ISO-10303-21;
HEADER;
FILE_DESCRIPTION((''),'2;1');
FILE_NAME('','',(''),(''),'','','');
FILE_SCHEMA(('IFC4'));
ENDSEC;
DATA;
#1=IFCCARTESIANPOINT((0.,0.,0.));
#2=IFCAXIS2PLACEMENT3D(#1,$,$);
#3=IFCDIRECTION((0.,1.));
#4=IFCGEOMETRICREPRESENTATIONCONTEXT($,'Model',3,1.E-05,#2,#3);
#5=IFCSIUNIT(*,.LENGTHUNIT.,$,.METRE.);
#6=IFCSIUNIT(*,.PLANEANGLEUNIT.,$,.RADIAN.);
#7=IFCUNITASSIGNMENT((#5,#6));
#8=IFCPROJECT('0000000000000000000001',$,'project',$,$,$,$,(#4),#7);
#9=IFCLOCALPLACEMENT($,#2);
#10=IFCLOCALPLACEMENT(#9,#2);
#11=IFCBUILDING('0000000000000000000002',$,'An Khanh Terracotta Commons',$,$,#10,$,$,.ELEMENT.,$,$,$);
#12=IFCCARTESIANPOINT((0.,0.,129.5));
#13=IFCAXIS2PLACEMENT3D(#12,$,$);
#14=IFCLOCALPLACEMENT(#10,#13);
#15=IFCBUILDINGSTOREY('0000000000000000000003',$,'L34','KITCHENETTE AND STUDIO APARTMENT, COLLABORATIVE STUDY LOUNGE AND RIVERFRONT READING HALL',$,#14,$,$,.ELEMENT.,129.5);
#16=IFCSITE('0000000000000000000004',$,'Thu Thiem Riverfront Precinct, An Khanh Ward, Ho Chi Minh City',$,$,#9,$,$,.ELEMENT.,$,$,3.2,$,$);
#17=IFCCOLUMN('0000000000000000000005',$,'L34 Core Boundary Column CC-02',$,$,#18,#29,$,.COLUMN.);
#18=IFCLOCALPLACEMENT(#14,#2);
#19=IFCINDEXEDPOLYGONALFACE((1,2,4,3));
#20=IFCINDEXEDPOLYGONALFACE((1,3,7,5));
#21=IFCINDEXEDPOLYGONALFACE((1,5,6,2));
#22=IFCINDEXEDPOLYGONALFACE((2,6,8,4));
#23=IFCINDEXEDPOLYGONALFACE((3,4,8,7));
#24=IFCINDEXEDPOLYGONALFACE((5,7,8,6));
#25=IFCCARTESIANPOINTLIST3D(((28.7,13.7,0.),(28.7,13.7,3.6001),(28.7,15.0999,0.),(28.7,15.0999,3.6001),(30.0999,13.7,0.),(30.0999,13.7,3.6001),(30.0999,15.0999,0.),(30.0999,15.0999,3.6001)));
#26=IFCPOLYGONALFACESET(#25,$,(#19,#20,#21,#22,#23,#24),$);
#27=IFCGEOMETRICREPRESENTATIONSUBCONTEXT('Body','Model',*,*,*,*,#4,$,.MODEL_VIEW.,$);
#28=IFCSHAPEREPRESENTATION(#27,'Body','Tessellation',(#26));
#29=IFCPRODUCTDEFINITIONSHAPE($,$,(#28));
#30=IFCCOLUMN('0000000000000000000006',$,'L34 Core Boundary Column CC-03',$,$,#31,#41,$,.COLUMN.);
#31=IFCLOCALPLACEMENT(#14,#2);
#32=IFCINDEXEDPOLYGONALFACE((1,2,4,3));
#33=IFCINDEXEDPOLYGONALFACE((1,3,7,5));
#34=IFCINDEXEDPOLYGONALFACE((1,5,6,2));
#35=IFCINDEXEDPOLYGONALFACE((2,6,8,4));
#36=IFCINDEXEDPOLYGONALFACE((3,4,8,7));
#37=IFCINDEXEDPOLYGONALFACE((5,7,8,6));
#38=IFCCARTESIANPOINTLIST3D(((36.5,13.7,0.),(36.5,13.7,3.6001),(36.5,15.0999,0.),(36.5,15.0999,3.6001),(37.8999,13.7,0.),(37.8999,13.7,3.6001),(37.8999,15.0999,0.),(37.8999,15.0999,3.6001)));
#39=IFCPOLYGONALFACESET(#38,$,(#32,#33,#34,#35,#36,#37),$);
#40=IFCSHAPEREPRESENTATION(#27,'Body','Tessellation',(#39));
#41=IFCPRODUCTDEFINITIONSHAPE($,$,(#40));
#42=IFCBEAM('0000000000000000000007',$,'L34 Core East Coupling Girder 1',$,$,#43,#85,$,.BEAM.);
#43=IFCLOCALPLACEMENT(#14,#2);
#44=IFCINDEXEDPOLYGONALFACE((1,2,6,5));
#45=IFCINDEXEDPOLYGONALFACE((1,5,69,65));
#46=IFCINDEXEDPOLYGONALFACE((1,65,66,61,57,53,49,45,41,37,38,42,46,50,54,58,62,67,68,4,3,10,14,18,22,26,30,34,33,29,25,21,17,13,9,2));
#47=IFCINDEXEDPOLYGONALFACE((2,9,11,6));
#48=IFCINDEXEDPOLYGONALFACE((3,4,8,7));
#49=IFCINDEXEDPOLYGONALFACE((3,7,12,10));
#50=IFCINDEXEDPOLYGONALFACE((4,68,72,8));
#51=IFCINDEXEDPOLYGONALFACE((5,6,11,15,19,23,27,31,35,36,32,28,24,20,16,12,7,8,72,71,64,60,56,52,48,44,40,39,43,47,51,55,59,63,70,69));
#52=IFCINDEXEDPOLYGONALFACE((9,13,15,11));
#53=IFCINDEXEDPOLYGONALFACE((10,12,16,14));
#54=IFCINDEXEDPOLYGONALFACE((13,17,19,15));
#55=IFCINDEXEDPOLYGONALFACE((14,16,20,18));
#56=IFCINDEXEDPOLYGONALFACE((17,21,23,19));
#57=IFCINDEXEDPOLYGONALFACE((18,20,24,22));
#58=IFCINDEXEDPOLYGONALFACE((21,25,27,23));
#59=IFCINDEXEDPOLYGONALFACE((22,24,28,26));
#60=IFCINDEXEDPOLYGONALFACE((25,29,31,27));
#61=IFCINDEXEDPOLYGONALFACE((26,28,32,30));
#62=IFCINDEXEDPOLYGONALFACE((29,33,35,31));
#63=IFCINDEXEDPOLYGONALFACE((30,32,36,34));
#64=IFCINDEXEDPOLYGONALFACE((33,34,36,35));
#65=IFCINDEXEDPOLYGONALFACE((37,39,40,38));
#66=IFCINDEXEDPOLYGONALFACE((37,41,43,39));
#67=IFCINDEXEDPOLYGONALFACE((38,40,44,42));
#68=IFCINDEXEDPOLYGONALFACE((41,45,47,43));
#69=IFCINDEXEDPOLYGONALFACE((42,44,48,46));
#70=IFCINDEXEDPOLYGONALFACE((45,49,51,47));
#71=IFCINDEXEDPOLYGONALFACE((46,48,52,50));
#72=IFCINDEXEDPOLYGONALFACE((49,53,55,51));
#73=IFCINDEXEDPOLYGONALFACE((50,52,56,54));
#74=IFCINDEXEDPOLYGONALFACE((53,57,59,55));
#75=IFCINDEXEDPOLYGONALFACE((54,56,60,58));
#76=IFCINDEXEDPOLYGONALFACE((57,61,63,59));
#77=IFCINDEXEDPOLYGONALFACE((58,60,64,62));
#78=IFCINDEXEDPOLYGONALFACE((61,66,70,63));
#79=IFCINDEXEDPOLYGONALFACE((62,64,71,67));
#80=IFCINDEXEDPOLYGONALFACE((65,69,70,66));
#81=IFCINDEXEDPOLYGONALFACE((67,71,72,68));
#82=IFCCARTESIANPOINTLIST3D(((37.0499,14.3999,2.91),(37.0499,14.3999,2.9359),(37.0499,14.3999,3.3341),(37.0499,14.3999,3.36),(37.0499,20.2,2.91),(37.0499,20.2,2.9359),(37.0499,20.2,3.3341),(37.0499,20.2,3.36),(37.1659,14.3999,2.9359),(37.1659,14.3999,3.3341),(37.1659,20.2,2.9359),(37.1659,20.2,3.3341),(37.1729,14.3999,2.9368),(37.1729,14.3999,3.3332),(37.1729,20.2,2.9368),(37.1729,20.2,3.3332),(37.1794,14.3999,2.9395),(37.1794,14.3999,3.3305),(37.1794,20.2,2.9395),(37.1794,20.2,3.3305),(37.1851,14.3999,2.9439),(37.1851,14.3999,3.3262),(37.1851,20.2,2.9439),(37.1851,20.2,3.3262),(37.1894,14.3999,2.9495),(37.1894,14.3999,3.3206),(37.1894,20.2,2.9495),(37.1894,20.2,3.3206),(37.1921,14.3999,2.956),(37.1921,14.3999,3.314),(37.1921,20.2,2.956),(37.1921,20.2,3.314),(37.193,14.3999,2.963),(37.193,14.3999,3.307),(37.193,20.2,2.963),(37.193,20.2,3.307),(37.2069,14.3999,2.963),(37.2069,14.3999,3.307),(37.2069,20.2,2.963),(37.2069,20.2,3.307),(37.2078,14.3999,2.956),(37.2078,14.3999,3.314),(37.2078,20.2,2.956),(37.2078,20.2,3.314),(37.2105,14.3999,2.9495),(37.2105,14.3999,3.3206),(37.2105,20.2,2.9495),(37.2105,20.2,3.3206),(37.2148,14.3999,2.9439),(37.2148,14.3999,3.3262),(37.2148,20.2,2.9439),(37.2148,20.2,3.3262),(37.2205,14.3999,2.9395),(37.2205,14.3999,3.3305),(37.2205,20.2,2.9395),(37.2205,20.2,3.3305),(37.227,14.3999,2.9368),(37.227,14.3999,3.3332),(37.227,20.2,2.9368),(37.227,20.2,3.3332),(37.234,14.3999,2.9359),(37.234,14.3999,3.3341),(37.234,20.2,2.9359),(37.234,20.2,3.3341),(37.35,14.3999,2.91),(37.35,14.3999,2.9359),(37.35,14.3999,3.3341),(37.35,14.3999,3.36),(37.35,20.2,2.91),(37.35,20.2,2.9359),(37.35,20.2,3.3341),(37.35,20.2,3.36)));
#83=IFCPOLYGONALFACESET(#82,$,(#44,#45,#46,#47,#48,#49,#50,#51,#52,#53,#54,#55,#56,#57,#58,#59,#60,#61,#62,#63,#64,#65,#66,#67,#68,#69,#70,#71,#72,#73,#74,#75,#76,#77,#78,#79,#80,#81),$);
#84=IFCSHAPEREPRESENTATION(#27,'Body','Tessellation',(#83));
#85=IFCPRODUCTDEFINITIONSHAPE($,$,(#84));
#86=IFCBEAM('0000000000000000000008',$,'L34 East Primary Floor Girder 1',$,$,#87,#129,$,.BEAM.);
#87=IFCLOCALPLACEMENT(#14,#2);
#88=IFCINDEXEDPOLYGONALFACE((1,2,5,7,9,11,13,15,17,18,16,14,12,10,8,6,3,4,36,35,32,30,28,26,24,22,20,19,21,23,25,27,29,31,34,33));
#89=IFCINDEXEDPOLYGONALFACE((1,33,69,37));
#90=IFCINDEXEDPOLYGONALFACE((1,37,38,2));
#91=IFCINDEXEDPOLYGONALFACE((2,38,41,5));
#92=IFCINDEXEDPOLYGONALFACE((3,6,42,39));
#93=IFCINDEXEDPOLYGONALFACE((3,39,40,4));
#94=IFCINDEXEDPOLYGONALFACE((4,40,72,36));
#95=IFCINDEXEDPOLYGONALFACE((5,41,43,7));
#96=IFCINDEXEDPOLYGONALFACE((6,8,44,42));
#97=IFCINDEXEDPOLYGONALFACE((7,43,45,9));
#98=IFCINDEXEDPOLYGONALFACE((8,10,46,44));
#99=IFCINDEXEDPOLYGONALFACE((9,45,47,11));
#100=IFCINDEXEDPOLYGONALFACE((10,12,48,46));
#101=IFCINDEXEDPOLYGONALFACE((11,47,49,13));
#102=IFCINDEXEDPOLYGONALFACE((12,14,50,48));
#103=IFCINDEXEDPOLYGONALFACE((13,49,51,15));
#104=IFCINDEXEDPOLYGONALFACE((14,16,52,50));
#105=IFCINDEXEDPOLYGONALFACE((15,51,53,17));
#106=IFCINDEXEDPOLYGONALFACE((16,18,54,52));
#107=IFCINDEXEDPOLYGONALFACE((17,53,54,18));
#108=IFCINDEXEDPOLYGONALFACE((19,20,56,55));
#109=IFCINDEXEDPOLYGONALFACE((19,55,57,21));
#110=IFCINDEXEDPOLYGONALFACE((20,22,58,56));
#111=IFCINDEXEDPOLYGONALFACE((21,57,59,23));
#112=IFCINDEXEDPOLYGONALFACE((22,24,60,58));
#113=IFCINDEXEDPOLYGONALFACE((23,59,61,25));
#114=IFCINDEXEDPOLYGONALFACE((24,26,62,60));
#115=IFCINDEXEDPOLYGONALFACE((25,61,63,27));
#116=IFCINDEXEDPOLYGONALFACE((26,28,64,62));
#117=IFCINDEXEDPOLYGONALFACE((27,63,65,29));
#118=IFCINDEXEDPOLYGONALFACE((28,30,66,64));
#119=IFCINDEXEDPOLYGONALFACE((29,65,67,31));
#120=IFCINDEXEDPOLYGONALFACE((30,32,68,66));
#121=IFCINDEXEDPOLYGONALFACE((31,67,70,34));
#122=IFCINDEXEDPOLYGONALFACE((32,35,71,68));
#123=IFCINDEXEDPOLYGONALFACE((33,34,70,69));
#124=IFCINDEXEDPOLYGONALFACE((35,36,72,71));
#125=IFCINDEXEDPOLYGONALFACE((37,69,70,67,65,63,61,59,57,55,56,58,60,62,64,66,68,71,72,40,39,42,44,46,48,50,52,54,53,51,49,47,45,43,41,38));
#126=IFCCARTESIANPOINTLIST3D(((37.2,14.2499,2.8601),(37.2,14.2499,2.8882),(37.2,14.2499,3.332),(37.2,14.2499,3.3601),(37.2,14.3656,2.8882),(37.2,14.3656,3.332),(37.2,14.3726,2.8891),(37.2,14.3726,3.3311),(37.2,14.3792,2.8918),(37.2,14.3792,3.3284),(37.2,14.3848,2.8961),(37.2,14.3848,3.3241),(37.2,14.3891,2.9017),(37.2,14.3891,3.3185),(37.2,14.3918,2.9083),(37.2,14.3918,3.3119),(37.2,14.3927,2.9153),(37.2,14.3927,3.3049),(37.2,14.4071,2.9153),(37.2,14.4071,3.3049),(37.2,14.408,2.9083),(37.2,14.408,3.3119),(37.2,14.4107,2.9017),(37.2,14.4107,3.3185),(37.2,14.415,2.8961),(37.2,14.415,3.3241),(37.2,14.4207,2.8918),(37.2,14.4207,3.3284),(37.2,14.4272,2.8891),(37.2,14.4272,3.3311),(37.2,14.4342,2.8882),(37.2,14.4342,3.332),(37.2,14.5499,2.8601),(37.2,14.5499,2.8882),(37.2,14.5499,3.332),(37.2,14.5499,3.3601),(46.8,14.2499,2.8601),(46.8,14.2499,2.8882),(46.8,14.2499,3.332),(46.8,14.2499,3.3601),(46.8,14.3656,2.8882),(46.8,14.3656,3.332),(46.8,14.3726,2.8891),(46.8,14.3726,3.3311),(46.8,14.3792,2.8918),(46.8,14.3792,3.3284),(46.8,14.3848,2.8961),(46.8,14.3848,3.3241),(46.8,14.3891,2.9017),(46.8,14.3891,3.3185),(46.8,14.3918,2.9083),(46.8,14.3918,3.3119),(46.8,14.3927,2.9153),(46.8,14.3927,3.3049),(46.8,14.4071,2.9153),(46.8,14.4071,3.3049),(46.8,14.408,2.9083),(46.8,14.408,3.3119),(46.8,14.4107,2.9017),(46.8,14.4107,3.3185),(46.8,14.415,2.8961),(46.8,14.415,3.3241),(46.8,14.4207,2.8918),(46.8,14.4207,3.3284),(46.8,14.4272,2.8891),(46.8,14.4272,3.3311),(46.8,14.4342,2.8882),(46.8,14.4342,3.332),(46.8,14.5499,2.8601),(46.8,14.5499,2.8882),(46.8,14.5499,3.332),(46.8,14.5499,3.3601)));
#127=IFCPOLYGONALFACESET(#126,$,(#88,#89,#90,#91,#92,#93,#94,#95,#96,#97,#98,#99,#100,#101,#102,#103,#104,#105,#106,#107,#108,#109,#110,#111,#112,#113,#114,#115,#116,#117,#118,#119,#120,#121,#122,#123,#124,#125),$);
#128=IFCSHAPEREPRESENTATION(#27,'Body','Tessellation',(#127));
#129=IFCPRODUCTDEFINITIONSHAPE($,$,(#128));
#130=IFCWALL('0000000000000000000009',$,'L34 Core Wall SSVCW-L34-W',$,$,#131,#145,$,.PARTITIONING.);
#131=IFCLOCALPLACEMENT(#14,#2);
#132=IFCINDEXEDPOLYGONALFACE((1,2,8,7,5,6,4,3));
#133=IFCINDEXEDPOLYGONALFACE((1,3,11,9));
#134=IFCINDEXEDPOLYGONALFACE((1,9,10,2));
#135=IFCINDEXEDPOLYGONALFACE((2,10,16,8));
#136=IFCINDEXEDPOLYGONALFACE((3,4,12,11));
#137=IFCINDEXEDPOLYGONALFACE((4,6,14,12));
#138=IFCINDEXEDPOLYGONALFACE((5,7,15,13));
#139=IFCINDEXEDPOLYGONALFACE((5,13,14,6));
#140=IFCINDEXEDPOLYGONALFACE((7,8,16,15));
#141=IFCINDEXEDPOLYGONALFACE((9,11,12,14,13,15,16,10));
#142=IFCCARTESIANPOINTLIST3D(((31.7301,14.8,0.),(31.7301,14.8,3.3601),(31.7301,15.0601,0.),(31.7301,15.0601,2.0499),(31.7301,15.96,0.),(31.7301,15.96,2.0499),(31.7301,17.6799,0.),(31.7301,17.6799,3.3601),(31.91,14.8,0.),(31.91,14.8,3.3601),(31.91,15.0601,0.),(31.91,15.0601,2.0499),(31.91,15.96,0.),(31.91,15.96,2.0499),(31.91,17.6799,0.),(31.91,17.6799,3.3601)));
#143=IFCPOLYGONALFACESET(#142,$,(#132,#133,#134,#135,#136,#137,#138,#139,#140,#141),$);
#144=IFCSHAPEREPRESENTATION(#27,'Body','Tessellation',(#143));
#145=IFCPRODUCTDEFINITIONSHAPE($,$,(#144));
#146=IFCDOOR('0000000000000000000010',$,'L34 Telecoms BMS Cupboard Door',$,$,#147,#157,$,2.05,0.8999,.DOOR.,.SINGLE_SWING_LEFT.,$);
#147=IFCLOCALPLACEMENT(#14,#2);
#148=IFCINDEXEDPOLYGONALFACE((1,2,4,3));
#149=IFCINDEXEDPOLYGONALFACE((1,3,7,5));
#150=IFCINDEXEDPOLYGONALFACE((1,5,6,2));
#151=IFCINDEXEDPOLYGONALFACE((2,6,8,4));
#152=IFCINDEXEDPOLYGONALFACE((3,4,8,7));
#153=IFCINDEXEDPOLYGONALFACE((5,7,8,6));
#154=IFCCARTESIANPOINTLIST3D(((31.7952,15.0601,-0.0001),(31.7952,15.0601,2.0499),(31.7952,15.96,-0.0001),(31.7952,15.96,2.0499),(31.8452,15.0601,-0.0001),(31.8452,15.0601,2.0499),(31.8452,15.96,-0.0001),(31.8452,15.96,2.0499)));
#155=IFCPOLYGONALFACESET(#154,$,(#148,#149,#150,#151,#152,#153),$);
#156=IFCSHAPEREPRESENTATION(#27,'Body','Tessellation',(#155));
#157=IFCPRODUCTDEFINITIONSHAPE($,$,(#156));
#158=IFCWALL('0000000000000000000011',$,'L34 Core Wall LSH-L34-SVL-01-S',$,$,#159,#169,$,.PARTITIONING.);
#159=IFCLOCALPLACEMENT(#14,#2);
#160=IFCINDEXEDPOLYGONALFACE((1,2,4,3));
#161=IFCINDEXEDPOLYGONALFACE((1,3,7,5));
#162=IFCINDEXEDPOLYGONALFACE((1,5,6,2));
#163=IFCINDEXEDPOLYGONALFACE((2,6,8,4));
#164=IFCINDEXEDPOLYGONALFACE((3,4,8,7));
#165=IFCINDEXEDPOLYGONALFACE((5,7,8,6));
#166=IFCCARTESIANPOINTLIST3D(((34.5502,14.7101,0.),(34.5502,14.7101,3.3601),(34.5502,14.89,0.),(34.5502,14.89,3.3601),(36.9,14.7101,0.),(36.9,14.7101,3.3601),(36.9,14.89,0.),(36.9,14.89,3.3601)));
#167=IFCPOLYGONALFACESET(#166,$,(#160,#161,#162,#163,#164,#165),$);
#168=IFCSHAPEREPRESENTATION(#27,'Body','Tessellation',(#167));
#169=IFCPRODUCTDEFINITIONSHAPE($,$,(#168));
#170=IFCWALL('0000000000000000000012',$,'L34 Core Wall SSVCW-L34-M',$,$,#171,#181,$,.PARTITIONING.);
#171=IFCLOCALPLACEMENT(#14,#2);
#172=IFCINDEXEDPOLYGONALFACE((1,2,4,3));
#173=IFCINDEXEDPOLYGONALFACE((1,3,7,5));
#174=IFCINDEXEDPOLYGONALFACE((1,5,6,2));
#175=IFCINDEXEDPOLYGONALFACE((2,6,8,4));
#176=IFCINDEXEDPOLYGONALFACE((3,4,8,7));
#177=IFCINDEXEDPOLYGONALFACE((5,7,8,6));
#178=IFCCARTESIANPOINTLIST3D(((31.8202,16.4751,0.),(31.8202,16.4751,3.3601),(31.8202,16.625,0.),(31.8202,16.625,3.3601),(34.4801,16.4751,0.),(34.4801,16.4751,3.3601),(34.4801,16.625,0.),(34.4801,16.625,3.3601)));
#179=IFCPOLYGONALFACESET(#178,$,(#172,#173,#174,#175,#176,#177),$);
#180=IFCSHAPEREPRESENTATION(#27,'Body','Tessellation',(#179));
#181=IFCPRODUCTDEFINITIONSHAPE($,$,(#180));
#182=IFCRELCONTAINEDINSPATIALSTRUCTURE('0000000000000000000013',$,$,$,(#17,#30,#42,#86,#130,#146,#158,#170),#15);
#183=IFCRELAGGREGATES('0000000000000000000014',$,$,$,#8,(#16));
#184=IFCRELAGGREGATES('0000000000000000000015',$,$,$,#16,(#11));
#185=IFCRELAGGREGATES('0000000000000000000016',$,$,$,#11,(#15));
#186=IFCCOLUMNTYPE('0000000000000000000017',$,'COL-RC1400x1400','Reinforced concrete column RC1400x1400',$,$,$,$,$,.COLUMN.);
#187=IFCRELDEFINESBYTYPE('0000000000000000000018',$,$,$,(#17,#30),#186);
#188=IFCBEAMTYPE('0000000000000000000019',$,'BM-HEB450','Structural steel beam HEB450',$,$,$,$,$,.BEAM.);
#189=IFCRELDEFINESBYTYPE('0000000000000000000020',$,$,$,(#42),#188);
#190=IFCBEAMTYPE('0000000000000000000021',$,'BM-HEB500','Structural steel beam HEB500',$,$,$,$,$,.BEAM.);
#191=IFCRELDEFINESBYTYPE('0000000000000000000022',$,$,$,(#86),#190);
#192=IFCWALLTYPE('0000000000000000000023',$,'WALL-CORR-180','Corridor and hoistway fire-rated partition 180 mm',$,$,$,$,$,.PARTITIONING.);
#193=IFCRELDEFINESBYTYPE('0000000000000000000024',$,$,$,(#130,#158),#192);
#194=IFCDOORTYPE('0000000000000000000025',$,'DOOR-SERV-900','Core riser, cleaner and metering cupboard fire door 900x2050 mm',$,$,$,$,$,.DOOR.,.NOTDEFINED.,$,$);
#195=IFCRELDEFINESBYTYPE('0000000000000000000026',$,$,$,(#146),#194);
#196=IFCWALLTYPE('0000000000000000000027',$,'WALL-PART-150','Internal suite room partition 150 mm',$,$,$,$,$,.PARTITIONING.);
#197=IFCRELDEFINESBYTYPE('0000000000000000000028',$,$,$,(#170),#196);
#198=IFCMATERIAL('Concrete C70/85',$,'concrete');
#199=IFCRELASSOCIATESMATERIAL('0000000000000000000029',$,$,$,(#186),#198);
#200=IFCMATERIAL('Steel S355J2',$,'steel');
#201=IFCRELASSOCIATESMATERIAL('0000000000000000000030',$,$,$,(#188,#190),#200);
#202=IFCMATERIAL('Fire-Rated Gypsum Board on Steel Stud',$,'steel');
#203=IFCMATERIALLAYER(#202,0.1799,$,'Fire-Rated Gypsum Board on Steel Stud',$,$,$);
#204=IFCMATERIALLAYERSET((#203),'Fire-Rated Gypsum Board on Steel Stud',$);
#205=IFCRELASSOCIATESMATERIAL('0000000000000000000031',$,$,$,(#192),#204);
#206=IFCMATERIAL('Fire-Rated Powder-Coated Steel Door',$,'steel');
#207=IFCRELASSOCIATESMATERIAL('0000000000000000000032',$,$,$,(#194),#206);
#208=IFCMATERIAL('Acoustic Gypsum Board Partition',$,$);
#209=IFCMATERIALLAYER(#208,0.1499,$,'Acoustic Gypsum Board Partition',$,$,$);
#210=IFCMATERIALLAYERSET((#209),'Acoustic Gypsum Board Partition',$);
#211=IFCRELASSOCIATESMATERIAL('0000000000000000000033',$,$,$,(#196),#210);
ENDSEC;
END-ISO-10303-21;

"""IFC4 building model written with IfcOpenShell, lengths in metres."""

from ifc_helpers import new_model, si_unit, direction, frame, frame_2d, origin, origin_2d, place, context, subcontext, project, spatial, rectangle, i_section, extrude, material, layer, layer_set, material_profile, profile_set, type_object, element, fill, save


model = new_model("IFC4")

# Units and contexts
model_context = context("Model", 3, precision=1e-05, world=origin(), true_north=direction((0.0, 1.0)))
body_context = subcontext(model_context, "Body", "Model", "MODEL_VIEW")
ifc_project = project(units=[si_unit("LENGTHUNIT", "METRE"), si_unit("PLANEANGLEUNIT", "RADIAN")], contexts=[model_context])

# Site, building, storey
site_placement = place(None, origin())
site = spatial("IfcSite", under=ifc_project, at=site_placement, Name="Thu Thiem Riverfront Precinct, An Khanh Ward, Ho Chi Minh City", CompositionType="ELEMENT", RefElevation=3.2)
building_placement = place(site_placement, origin())
building = spatial("IfcBuilding", under=site, at=building_placement, Name="An Khanh Terracotta Commons", CompositionType="ELEMENT")
storey_placement = place(building_placement, frame((0.0, 0.0, 129.5)))
storey = spatial("IfcBuildingStorey", under=building, at=storey_placement, Name="L34", Description="KITCHENETTE AND STUDIO APARTMENT, COLLABORATIVE STUDY LOUNGE AND RIVERFRONT READING HALL", CompositionType="ELEMENT", Elevation=129.5)

# Columns
ifc_material_1 = material(Name="Concrete C70/85", Category="concrete")
ifc_material_profile_1 = material_profile(ifc_material_1, rectangle(XDim=1.3999, YDim=1.3999, at=origin_2d()), Name="RC1400x1400")
ifc_profile_set_1 = profile_set([ifc_material_profile_1], Name="Concrete C70/85")
column_type = type_object("IfcColumnType", Name="COL-RC1400x1400", Description="Reinforced concrete column RC1400x1400", PredefinedType="COLUMN", material=ifc_profile_set_1)
for number, where, z_axis, x_axis, name in (
    (1, (29.3999, 14.3999, 0.0), (0.0, 0.0, 1.0), (1.0, 0.0, 0.0), "L34 Core Boundary Column CC-02"),
    (2, (37.2, 14.3999, 0.0), (0.0, 0.0, 1.0), (1.0, 0.0, 0.0), "L34 Core Boundary Column CC-03"),
):
    element("IfcColumn", number, at=place(storey_placement, frame(where, z_axis=z_axis, x_axis=x_axis)), inside=storey, type_object=column_type, Name=name, PredefinedType="COLUMN", context=body_context, shape_type="SweptSolid", body=[
        extrude(rectangle(XDim=1.3999, YDim=1.3999, at=origin_2d()), origin(), (0.0, 0.0, 1.0), 3.6001),
    ])

# Beams
ifc_material_2 = material(Name="Steel S355J2", Category="steel")
ifc_material_profile_2 = material_profile(ifc_material_2, i_section(OverallWidth=0.3, OverallDepth=0.45, WebThickness=0.0139, FlangeThickness=0.0259, FilletRadius=0.0271, at=origin_2d()), Name="HEB450")
ifc_profile_set_2 = profile_set([ifc_material_profile_2], Name="Steel S355J2")
beam_type_1 = type_object("IfcBeamType", Name="BM-HEB450", Description="Structural steel beam HEB450", PredefinedType="BEAM", material=ifc_profile_set_2)
beam_1_placement = place(storey_placement, frame((37.2, 14.3999, 3.135), z_axis=(0.0, 1.0, 0.0), x_axis=(-1.0, 0.0, 0.0)))
element("IfcBeam", 3, at=beam_1_placement, inside=storey, type_object=beam_type_1, Name="L34 Core East Coupling Girder 1", PredefinedType="BEAM", context=body_context, shape_type="SweptSolid", body=[
    extrude(i_section(OverallWidth=0.3, OverallDepth=0.45, WebThickness=0.0139, FlangeThickness=0.0259, FilletRadius=0.0271, at=origin_2d()), origin(), (0.0, 0.0, 1.0), 5.8),
])
ifc_material_profile_3 = material_profile(ifc_material_2, i_section(OverallWidth=0.3, OverallDepth=0.5, WebThickness=0.0144, FlangeThickness=0.0281, FilletRadius=0.0271, at=origin_2d()), Name="HEB500")
ifc_profile_set_3 = profile_set([ifc_material_profile_3], Name="Steel S355J2")
beam_type_2 = type_object("IfcBeamType", Name="BM-HEB500", Description="Structural steel beam HEB500", PredefinedType="BEAM", material=ifc_profile_set_3)
beam_2_placement = place(storey_placement, frame((37.2, 14.3999, 3.1101), z_axis=(1.0, 0.0, 0.0), x_axis=(0.0, 1.0, 0.0)))
element("IfcBeam", 4, at=beam_2_placement, inside=storey, type_object=beam_type_2, Name="L34 East Primary Floor Girder 1", PredefinedType="BEAM", context=body_context, shape_type="SweptSolid", body=[
    extrude(i_section(OverallWidth=0.3, OverallDepth=0.5, WebThickness=0.0144, FlangeThickness=0.0281, FilletRadius=0.0271, at=origin_2d()), origin(), (0.0, 0.0, 1.0), 9.6001),
])

# Wall, opening, door
ifc_material_3 = material(Name="Fire-Rated Gypsum Board on Steel Stud", Category="steel")
ifc_layer_1 = layer(ifc_material_3, 0.1799, Name="Fire-Rated Gypsum Board on Steel Stud")
ifc_layer_set_1 = layer_set([ifc_layer_1], Name="Fire-Rated Gypsum Board on Steel Stud")
wall_type_1 = type_object("IfcWallType", Name="WALL-CORR-180", Description="Corridor and hoistway fire-rated partition 180 mm", PredefinedType="PARTITIONING", material=ifc_layer_set_1)
wall_1_placement = place(storey_placement, frame((31.8201, 14.8, 0.0), z_axis=(0.0, 0.0, 1.0), x_axis=(0.0, 1.0, 0.0)))
wall_1 = element("IfcWall", 5, at=wall_1_placement, inside=storey, type_object=wall_type_1, Name="L34 Core Wall SSVCW-L34-W", PredefinedType="PARTITIONING", context=body_context, shape_type="SweptSolid", body=[
    extrude(rectangle(XDim=2.8799, YDim=0.1799, at=frame_2d((1.4399, 0.0))), origin(), (0.0, 0.0, 1.0), 3.3601),
])
opening_1_placement = place(wall_1_placement, frame((0.26, 0.0, 0.0)))
opening_1 = element("IfcOpeningElement", 6, at=opening_1_placement, cuts=wall_1, PredefinedType="OPENING", context=body_context, shape_type="SweptSolid", body=[
    extrude(rectangle(XDim=0.8999, YDim=2.05, at=frame_2d((0.45, 1.0249))), frame((0.0, 0.0999, 0.0), z_axis=(0.0, -1.0, 0.0), x_axis=(1.0, 0.0, 0.0)), (0.0, 0.0, 1.0), 0.2),
])
ifc_material_4 = material(Name="Fire-Rated Powder-Coated Steel Door", Category="steel")
door_type_1 = type_object("IfcDoorType", Name="DOOR-SERV-900", Description="Core riser, cleaner and metering cupboard fire door 900x2050 mm", OperationType="NOTDEFINED", PredefinedType="DOOR", material=ifc_material_4)
door_1_placement = place(opening_1_placement, origin())
door_1 = element("IfcDoor", 7, at=door_1_placement, inside=storey, type_object=door_type_1, Name="L34 Telecoms BMS Cupboard Door", OperationType="SINGLE_SWING_LEFT", OverallHeight=2.05, OverallWidth=0.8999, PredefinedType="DOOR", context=body_context, shape_type="SweptSolid", body=[
    extrude(rectangle(XDim=0.8999, YDim=2.05, at=frame_2d((0.45, 1.0249))), frame((0.0, 0.0249, 0.0), z_axis=(0.0, -1.0, 0.0), x_axis=(1.0, 0.0, 0.0)), (0.0, 0.0, 1.0), 0.05),
])
fill(opening_1, door_1)

# Walls
wall_2_placement = place(storey_placement, frame((36.8999, 14.8, 0.0), z_axis=(0.0, 0.0, 1.0), x_axis=(-1.0, 0.0, 0.0)))
element("IfcWall", 8, at=wall_2_placement, inside=storey, type_object=wall_type_1, Name="L34 Core Wall LSH-L34-SVL-01-S", PredefinedType="PARTITIONING", context=body_context, shape_type="SweptSolid", body=[
    extrude(rectangle(XDim=2.3499, YDim=0.1799, at=frame_2d((1.1748, 0.0))), origin(), (0.0, 0.0, 1.0), 3.3601),
])
ifc_material_5 = material(Name="Acoustic Gypsum Board Partition")
ifc_layer_2 = layer(ifc_material_5, 0.1499, Name="Acoustic Gypsum Board Partition")
ifc_layer_set_2 = layer_set([ifc_layer_2], Name="Acoustic Gypsum Board Partition")
wall_type_2 = type_object("IfcWallType", Name="WALL-PART-150", Description="Internal suite room partition 150 mm", PredefinedType="PARTITIONING", material=ifc_layer_set_2)
wall_3_placement = place(storey_placement, frame((31.8201, 16.55, 0.0), z_axis=(0.0, 0.0, 1.0), x_axis=(1.0, 0.0, 0.0)))
element("IfcWall", 9, at=wall_3_placement, inside=storey, type_object=wall_type_2, Name="L34 Core Wall SSVCW-L34-M", PredefinedType="PARTITIONING", context=body_context, shape_type="SweptSolid", body=[
    extrude(rectangle(XDim=2.6599, YDim=0.1499, at=frame_2d((1.3301, 0.0))), origin(), (0.0, 0.0, 1.0), 3.3601),
])

save(model, "model.ifc")
